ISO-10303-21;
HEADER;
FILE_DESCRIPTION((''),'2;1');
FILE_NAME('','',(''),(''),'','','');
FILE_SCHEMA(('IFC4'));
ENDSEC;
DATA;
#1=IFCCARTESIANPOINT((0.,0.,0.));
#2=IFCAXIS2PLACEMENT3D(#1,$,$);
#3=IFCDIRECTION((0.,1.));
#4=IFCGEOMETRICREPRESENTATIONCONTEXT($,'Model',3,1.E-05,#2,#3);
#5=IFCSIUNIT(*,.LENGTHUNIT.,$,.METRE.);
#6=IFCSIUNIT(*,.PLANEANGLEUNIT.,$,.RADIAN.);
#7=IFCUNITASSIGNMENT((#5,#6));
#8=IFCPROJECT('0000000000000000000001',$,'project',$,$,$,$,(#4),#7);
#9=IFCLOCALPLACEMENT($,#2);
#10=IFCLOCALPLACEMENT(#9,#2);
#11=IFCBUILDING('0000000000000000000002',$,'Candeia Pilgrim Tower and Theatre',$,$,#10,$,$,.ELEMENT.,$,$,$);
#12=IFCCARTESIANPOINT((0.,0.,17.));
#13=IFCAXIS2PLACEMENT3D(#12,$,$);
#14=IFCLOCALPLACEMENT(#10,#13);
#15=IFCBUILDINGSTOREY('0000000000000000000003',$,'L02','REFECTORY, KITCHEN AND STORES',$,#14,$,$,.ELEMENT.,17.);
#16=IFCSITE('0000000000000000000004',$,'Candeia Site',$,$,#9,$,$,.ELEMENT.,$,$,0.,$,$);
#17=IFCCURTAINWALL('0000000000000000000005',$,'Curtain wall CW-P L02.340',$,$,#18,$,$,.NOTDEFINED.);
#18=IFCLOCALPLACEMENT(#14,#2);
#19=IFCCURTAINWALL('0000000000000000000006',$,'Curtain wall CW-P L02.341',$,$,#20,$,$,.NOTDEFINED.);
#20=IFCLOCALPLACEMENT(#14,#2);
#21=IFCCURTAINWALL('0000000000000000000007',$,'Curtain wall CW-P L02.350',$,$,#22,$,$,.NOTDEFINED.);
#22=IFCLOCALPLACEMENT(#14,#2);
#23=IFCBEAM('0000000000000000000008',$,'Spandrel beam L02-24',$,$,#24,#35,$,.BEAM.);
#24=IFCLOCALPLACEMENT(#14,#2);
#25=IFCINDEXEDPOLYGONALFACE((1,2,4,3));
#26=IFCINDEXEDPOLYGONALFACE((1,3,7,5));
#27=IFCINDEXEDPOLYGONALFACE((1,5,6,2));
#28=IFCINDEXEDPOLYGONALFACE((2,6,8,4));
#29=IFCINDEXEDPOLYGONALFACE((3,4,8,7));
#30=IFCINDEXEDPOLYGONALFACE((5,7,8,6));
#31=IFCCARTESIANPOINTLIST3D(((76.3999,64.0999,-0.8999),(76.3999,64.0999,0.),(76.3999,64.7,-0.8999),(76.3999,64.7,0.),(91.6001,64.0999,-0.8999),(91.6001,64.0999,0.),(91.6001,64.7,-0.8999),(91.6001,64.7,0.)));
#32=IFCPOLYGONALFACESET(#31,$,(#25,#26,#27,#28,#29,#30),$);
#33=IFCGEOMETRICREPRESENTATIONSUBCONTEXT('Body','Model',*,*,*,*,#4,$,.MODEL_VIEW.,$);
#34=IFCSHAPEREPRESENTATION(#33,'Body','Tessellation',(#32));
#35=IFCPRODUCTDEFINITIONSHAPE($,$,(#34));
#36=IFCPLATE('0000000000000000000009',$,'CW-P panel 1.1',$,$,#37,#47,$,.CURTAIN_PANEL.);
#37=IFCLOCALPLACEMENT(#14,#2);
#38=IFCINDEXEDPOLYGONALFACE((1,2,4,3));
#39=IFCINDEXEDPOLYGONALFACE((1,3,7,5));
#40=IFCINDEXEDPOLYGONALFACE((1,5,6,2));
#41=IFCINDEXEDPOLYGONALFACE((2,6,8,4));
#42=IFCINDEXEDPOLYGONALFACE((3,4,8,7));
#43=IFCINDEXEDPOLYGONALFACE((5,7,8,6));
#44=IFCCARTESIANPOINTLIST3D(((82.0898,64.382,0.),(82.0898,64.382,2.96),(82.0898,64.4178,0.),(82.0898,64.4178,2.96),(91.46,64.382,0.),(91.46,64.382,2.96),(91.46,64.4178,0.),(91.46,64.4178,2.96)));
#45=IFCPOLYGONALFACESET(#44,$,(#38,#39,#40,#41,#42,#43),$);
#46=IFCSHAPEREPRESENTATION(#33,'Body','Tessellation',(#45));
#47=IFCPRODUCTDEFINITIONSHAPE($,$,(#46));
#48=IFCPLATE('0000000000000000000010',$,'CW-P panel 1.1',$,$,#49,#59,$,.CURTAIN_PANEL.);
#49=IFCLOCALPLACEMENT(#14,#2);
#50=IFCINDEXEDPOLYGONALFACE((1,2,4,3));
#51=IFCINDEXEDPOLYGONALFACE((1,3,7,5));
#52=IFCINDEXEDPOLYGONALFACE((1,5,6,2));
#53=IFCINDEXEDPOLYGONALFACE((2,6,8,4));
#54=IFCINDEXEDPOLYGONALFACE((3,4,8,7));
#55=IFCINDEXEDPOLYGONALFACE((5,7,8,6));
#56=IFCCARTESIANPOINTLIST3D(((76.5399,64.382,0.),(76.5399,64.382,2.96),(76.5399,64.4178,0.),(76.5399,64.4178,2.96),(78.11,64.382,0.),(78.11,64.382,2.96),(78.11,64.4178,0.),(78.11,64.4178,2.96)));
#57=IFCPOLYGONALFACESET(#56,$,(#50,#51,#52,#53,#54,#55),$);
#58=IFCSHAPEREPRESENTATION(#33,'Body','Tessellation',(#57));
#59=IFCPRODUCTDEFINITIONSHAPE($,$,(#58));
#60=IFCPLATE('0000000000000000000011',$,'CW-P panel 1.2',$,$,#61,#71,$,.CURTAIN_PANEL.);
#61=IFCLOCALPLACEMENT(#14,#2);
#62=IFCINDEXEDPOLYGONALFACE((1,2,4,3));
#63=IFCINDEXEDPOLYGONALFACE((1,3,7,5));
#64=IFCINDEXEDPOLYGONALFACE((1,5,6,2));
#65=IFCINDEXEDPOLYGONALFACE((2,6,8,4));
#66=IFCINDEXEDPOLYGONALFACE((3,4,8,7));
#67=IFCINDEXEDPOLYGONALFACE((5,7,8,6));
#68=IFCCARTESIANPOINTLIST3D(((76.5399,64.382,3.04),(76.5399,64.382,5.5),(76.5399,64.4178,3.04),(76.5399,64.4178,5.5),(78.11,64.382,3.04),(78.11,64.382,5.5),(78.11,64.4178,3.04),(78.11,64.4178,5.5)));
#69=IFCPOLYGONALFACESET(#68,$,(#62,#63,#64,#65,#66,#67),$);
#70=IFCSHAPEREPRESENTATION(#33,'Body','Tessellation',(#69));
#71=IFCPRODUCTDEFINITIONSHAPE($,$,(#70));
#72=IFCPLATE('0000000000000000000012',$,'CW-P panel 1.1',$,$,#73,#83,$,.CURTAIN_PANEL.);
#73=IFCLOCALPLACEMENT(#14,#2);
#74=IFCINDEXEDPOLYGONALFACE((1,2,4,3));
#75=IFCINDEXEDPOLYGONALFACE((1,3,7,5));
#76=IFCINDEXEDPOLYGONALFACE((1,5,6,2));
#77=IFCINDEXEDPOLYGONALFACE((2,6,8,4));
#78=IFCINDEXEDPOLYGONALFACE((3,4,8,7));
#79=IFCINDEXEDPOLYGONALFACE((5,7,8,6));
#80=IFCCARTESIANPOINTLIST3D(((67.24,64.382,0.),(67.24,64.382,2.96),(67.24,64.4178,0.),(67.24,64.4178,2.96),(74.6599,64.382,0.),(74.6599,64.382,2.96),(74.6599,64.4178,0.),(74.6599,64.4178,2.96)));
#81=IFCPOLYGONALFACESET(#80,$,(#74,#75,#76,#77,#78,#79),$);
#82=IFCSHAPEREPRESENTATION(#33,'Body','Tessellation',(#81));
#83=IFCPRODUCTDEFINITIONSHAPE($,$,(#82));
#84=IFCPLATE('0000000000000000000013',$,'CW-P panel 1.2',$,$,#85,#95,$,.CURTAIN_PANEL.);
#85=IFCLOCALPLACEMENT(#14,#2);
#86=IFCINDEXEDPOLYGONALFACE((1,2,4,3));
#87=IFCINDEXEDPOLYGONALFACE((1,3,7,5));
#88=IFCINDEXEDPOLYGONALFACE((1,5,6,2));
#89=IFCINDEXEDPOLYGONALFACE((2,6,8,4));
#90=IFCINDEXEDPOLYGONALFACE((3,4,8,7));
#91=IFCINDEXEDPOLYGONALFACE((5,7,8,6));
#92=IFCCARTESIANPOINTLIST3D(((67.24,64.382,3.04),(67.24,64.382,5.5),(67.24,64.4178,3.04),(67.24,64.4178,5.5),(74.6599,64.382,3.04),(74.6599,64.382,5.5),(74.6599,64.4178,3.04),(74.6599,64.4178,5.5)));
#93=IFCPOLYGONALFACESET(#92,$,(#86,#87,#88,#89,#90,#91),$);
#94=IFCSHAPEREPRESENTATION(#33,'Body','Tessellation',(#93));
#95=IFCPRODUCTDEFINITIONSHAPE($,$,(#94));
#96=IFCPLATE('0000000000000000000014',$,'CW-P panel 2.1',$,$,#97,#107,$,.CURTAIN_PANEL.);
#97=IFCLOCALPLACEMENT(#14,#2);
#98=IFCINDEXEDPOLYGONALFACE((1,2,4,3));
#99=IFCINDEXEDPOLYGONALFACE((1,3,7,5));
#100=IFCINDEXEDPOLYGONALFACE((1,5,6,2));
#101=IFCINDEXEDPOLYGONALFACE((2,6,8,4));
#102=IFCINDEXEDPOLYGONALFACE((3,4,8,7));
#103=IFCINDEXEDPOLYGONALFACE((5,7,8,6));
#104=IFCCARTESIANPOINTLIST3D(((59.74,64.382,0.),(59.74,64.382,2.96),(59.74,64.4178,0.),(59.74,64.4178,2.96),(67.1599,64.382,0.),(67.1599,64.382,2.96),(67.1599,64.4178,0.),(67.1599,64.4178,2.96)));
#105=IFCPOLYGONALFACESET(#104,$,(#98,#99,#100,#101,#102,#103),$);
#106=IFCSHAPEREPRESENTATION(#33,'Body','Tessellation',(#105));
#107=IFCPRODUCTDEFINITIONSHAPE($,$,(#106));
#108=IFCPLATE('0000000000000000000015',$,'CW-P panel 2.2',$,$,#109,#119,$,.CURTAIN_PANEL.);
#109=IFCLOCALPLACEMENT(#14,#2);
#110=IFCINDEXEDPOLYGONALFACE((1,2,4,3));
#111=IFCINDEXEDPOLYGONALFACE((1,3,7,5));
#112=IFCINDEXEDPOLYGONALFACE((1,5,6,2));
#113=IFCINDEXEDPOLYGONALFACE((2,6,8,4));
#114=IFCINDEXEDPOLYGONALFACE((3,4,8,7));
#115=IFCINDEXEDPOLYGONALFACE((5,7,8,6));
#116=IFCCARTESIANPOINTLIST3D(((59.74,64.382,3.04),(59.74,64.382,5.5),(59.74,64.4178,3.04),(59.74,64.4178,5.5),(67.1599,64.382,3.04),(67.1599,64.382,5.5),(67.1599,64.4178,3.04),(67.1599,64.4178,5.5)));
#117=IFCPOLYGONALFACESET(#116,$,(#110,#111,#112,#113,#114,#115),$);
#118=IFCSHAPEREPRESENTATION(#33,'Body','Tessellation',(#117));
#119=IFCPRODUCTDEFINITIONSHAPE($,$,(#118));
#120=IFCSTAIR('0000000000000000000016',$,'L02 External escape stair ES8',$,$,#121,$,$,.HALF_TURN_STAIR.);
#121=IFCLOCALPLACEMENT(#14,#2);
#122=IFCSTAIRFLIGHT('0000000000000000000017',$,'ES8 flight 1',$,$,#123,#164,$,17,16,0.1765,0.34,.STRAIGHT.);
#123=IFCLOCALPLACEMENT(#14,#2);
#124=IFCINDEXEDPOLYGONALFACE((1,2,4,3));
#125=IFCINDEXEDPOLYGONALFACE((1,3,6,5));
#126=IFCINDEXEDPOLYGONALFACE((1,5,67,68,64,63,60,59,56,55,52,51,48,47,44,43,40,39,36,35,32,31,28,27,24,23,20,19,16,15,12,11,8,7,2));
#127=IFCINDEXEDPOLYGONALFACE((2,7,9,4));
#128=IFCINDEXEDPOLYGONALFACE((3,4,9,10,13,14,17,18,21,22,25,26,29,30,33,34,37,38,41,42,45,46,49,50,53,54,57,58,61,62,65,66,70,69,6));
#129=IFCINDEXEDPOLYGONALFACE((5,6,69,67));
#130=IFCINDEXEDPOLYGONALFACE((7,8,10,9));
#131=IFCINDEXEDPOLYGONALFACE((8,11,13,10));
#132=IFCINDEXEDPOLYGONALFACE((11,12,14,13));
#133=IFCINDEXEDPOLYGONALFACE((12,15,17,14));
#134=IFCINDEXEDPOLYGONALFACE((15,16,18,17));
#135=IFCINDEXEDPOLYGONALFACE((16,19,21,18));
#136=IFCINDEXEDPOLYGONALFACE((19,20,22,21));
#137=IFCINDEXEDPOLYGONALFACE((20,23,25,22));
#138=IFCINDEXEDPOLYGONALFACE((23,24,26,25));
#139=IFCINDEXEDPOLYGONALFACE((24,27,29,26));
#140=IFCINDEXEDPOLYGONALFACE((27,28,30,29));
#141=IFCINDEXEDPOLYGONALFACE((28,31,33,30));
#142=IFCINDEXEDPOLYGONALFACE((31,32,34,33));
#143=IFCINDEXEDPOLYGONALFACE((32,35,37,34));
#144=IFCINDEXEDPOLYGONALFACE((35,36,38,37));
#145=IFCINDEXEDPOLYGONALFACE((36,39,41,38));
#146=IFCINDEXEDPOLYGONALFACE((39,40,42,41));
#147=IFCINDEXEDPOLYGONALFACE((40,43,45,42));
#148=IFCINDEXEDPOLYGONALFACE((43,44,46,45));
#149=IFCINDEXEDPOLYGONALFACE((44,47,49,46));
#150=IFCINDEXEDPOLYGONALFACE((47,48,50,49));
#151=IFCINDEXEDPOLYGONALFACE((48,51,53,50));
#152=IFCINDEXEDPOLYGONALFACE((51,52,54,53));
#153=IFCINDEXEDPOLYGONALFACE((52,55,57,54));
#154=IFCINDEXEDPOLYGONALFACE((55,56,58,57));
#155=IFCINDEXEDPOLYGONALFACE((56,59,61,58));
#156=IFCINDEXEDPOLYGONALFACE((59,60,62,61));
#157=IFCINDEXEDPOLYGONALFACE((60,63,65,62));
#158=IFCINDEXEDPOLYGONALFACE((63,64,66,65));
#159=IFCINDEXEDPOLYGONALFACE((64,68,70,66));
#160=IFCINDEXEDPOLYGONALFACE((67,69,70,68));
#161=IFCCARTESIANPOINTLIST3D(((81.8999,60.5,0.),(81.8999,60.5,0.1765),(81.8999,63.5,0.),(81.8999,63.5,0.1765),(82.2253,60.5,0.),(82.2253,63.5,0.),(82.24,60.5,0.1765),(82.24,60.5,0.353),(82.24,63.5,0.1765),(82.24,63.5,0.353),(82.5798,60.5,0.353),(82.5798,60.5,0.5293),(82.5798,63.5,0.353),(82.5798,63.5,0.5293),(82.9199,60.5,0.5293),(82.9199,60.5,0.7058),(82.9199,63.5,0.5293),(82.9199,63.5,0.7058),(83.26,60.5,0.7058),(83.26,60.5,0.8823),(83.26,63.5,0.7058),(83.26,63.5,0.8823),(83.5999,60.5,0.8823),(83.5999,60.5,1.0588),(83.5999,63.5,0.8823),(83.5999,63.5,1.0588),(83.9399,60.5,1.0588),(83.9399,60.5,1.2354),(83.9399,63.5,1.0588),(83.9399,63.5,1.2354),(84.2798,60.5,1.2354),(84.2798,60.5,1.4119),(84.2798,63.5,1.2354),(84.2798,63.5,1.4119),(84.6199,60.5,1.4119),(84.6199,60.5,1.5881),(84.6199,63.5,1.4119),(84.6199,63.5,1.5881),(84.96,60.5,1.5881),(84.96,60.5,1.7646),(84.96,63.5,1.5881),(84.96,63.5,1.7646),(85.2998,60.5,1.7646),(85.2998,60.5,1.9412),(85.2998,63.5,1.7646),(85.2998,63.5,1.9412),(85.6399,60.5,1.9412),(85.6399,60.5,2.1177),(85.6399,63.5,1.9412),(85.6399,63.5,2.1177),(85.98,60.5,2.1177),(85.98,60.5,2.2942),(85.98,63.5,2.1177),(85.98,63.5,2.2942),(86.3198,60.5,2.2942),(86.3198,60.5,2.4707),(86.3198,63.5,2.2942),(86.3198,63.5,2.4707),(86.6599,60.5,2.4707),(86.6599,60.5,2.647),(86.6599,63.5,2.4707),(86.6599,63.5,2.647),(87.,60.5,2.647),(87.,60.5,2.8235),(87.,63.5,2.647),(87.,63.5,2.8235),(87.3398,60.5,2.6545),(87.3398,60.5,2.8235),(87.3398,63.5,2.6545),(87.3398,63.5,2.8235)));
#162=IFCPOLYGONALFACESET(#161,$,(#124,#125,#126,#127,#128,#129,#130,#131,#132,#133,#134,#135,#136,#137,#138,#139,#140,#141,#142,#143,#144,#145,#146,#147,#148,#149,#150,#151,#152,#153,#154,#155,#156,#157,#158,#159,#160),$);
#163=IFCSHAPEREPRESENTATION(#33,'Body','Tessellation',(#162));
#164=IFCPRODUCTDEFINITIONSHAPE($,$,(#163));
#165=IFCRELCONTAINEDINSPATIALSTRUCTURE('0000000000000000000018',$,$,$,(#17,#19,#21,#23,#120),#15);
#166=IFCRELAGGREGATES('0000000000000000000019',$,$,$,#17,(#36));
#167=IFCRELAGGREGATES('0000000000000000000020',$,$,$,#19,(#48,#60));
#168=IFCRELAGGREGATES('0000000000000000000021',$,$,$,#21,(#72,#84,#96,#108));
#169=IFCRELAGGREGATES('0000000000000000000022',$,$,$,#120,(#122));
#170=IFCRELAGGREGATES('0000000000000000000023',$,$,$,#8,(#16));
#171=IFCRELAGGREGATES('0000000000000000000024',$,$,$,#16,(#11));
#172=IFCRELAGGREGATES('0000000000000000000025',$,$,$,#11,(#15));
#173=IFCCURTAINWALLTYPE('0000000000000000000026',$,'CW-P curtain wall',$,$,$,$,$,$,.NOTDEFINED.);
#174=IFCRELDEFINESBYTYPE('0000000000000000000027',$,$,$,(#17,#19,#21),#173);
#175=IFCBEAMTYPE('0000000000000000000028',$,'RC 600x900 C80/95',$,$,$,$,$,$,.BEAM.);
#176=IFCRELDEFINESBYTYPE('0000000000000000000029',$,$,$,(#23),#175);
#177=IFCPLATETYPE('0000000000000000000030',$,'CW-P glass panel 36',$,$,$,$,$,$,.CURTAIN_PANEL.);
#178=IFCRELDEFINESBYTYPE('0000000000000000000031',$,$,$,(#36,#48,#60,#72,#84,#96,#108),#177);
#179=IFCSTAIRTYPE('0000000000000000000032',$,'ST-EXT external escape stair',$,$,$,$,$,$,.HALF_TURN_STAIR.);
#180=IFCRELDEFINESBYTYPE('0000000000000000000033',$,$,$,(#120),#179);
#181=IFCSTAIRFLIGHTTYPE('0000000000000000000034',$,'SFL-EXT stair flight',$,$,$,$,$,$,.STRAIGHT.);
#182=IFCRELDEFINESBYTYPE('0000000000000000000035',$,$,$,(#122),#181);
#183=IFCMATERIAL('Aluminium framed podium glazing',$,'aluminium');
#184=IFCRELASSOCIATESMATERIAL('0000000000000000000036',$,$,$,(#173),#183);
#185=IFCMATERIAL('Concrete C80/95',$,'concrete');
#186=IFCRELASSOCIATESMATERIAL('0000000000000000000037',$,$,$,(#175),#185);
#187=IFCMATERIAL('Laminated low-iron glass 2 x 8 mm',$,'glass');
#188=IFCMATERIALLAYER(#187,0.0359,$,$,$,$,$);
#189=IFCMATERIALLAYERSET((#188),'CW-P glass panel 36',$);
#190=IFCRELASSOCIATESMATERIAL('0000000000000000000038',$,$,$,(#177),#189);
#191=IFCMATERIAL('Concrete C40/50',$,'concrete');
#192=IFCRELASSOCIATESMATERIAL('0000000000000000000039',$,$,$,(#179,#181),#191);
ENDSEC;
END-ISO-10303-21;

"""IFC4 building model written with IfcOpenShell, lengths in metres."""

from ifc_helpers import new_model, si_unit, direction, frame, origin, origin_2d, place, context, subcontext, project, spatial, polyline, rectangle, outline, extrude, material, layer, layer_set, material_profile, profile_set, type_object, element, aggregate, save


model = new_model("IFC4")

# Units and contexts
model_context = context("Model", 3, precision=1e-05, world=origin(), true_north=direction((0.0, 1.0)))
body_context = subcontext(model_context, "Body", "Model", "MODEL_VIEW")
ifc_project = project(units=[si_unit("LENGTHUNIT", "METRE"), si_unit("PLANEANGLEUNIT", "RADIAN")], contexts=[model_context])

# Site, building, storey
site_placement = place(None, origin())
site = spatial("IfcSite", under=ifc_project, at=site_placement, Name="Candeia Site", CompositionType="ELEMENT", RefElevation=0.0)
building_placement = place(site_placement, origin())
building = spatial("IfcBuilding", under=site, at=building_placement, Name="Candeia Pilgrim Tower and Theatre", CompositionType="ELEMENT")
storey_placement = place(building_placement, frame((0.0, 0.0, 17.0)))
storey = spatial("IfcBuildingStorey", under=building, at=storey_placement, Name="L02", Description="REFECTORY, KITCHEN AND STORES", CompositionType="ELEMENT", Elevation=17.0)

# Shared definitions
ifc_material_1 = material(Name="Concrete C40/50", Category="concrete")
ifc_material_2 = material(Name="Concrete C80/95", Category="concrete")

# Curtain wall
ifc_material_3 = material(Name="Aluminium framed podium glazing", Category="aluminium")
curtain_wall_type = type_object("IfcCurtainWallType", Name="CW-P curtain wall", PredefinedType="NOTDEFINED", material=ifc_material_3)
curtain_wall_1_placement = place(storey_placement, origin())
curtain_wall_1 = element("IfcCurtainWall", 1, at=curtain_wall_1_placement, inside=storey, type_object=curtain_wall_type, Name="Curtain wall CW-P L02.340", PredefinedType="NOTDEFINED")

# Curtain walls
curtain_wall_2_placement = place(storey_placement, origin())
curtain_wall_2 = element("IfcCurtainWall", 2, at=curtain_wall_2_placement, inside=storey, type_object=curtain_wall_type, Name="Curtain wall CW-P L02.341", PredefinedType="NOTDEFINED")
curtain_wall_3_placement = place(storey_placement, origin())
curtain_wall_3 = element("IfcCurtainWall", 3, at=curtain_wall_3_placement, inside=storey, type_object=curtain_wall_type, Name="Curtain wall CW-P L02.350", PredefinedType="NOTDEFINED")

# Beam
ifc_material_profile_1 = material_profile(ifc_material_2, rectangle(XDim=0.6001, YDim=0.8999, at=origin_2d()))
ifc_profile_set_1 = profile_set([ifc_material_profile_1], Name="Concrete C80/95")
beam_type = type_object("IfcBeamType", Name="RC 600x900 C80/95", PredefinedType="BEAM", material=ifc_profile_set_1)
beam_1_placement = place(storey_placement, frame((76.3999, 64.3999, -0.45), z_axis=(1.0, 0.0, 0.0), x_axis=(0.0, 1.0, 0.0)))
element("IfcBeam", 4, at=beam_1_placement, inside=storey, type_object=beam_type, Name="Spandrel beam L02-24", PredefinedType="BEAM", context=body_context, shape_type="SweptSolid", body=[
    extrude(rectangle(XDim=0.6001, YDim=0.8999, at=origin_2d()), origin(), (0.0, 0.0, 1.0), 15.2002),
])

# Plates
ifc_material_4 = material(Name="Laminated low-iron glass 2 x 8 mm", Category="glass")
ifc_layer_1 = layer(ifc_material_4, 0.0359)
ifc_layer_set_1 = layer_set([ifc_layer_1], Name="CW-P glass panel 36")
plate_type = type_object("IfcPlateType", Name="CW-P glass panel 36", PredefinedType="CURTAIN_PANEL", material=ifc_layer_set_1)
plate_1_placement = place(storey_placement, frame((86.7749, 64.3999, 0.0), z_axis=(0.0, 0.0, 1.0), x_axis=(-1.0, 0.0, 0.0)))
plate_1 = element("IfcPlate", 5, at=plate_1_placement, type_object=plate_type, Name="CW-P panel 1.1", PredefinedType="CURTAIN_PANEL", context=body_context, shape_type="SweptSolid", body=[
    extrude(rectangle(XDim=9.3701, YDim=0.0359, at=origin_2d()), origin(), (0.0, 0.0, 1.0), 2.96),
])
aggregate(curtain_wall_1, [plate_1])
plate_2_placement = place(storey_placement, frame((77.325, 64.3999, 0.0), z_axis=(0.0, 0.0, 1.0), x_axis=(-1.0, 0.0, 0.0)))
plate_2 = element("IfcPlate", 6, at=plate_2_placement, type_object=plate_type, Name="CW-P panel 1.1", PredefinedType="CURTAIN_PANEL", context=body_context, shape_type="SweptSolid", body=[
    extrude(rectangle(XDim=1.5701, YDim=0.0359, at=origin_2d()), origin(), (0.0, 0.0, 1.0), 2.96),
])
plate_3_placement = place(storey_placement, frame((77.325, 64.3999, 3.04), z_axis=(0.0, 0.0, 1.0), x_axis=(-1.0, 0.0, 0.0)))
plate_3 = element("IfcPlate", 7, at=plate_3_placement, type_object=plate_type, Name="CW-P panel 1.2", PredefinedType="CURTAIN_PANEL", context=body_context, shape_type="SweptSolid", body=[
    extrude(rectangle(XDim=1.5701, YDim=0.0359, at=origin_2d()), origin(), (0.0, 0.0, 1.0), 2.46),
])
aggregate(curtain_wall_2, [plate_2, plate_3])
plate_4_placement = place(storey_placement, frame((70.95, 64.3999, 0.0), z_axis=(0.0, 0.0, 1.0), x_axis=(-1.0, 0.0, 0.0)))
plate_4 = element("IfcPlate", 8, at=plate_4_placement, type_object=plate_type, Name="CW-P panel 1.1", PredefinedType="CURTAIN_PANEL", context=body_context, shape_type="SweptSolid", body=[
    extrude(rectangle(XDim=7.4199, YDim=0.0359, at=origin_2d()), origin(), (0.0, 0.0, 1.0), 2.96),
])
plate_5_placement = place(storey_placement, frame((70.95, 64.3999, 3.04), z_axis=(0.0, 0.0, 1.0), x_axis=(-1.0, 0.0, 0.0)))
plate_5 = element("IfcPlate", 9, at=plate_5_placement, type_object=plate_type, Name="CW-P panel 1.2", PredefinedType="CURTAIN_PANEL", context=body_context, shape_type="SweptSolid", body=[
    extrude(rectangle(XDim=7.4199, YDim=0.0359, at=origin_2d()), origin(), (0.0, 0.0, 1.0), 2.46),
])
plate_6_placement = place(storey_placement, frame((63.45, 64.3999, 0.0), z_axis=(0.0, 0.0, 1.0), x_axis=(-1.0, 0.0, 0.0)))
plate_6 = element("IfcPlate", 10, at=plate_6_placement, type_object=plate_type, Name="CW-P panel 2.1", PredefinedType="CURTAIN_PANEL", context=body_context, shape_type="SweptSolid", body=[
    extrude(rectangle(XDim=7.4199, YDim=0.0359, at=origin_2d()), origin(), (0.0, 0.0, 1.0), 2.96),
])
plate_7_placement = place(storey_placement, frame((63.45, 64.3999, 3.04), z_axis=(0.0, 0.0, 1.0), x_axis=(-1.0, 0.0, 0.0)))
plate_7 = element("IfcPlate", 11, at=plate_7_placement, type_object=plate_type, Name="CW-P panel 2.2", PredefinedType="CURTAIN_PANEL", context=body_context, shape_type="SweptSolid", body=[
    extrude(rectangle(XDim=7.4199, YDim=0.0359, at=origin_2d()), origin(), (0.0, 0.0, 1.0), 2.46),
])
aggregate(curtain_wall_3, [plate_4, plate_5, plate_6, plate_7])

# Stair, stair flight
stair_type = type_object("IfcStairType", Name="ST-EXT external escape stair", PredefinedType="HALF_TURN_STAIR", material=ifc_material_1)
stair_placement = place(storey_placement, origin())
stair = element("IfcStair", 12, at=stair_placement, inside=storey, type_object=stair_type, Name="L02 External escape stair ES8", PredefinedType="HALF_TURN_STAIR")
stair_flight_type = type_object("IfcStairFlightType", Name="SFL-EXT stair flight", PredefinedType="STRAIGHT", material=ifc_material_1)
stair_flight_placement = place(storey_placement, frame((81.8999, 62.0, 0.0), z_axis=(0.0, 0.0, 1.0), x_axis=(1.0, 0.0, 0.0)))
stair_flight = element("IfcStairFlight", 13, at=stair_flight_placement, type_object=stair_flight_type, Name="ES8 flight 1", NumberOfRisers=17, NumberOfTreads=16, PredefinedType="STRAIGHT", RiserHeight=0.1765, TreadLength=0.34, context=body_context, shape_type="SweptSolid", body=[
    extrude(outline(polyline([(0.0, 0.0), (0.0, 0.1765), (0.3401, 0.1765), (0.3401, 0.353), (0.6799, 0.353), (0.6799, 0.5293), (1.02, 0.5293), (1.02, 0.7058), (1.3601, 0.7058), (1.3601, 0.8823), (1.7, 0.8823), (1.7, 1.0588), (2.04, 1.0588), (2.04, 1.2354), (2.3799, 1.2354), (2.3799, 1.4119), (2.72, 1.4119), (2.72, 1.5881), (3.0601, 1.5881), (3.0601, 1.7646), (3.3999, 1.7646), (3.3999, 1.9412), (3.74, 1.9412), (3.74, 2.1177), (4.0801, 2.1177), (4.0801, 2.2942), (4.4199, 2.2942), (4.4199, 2.4707), (4.76, 2.4707), (4.76, 2.647), (5.1001, 2.647), (5.1001, 2.8235), (5.4399, 2.8235), (5.4399, 3.0), (5.4399, 2.6545), (0.3254, 0.0), (0.0, 0.0)])), frame((0.0, 1.5, 0.0), z_axis=(0.0, -1.0, 0.0), x_axis=(1.0, 0.0, 0.0)), (0.0, 0.0, 1.0), 3.0),
])
aggregate(stair, [stair_flight])

save(model, "model.ifc")
